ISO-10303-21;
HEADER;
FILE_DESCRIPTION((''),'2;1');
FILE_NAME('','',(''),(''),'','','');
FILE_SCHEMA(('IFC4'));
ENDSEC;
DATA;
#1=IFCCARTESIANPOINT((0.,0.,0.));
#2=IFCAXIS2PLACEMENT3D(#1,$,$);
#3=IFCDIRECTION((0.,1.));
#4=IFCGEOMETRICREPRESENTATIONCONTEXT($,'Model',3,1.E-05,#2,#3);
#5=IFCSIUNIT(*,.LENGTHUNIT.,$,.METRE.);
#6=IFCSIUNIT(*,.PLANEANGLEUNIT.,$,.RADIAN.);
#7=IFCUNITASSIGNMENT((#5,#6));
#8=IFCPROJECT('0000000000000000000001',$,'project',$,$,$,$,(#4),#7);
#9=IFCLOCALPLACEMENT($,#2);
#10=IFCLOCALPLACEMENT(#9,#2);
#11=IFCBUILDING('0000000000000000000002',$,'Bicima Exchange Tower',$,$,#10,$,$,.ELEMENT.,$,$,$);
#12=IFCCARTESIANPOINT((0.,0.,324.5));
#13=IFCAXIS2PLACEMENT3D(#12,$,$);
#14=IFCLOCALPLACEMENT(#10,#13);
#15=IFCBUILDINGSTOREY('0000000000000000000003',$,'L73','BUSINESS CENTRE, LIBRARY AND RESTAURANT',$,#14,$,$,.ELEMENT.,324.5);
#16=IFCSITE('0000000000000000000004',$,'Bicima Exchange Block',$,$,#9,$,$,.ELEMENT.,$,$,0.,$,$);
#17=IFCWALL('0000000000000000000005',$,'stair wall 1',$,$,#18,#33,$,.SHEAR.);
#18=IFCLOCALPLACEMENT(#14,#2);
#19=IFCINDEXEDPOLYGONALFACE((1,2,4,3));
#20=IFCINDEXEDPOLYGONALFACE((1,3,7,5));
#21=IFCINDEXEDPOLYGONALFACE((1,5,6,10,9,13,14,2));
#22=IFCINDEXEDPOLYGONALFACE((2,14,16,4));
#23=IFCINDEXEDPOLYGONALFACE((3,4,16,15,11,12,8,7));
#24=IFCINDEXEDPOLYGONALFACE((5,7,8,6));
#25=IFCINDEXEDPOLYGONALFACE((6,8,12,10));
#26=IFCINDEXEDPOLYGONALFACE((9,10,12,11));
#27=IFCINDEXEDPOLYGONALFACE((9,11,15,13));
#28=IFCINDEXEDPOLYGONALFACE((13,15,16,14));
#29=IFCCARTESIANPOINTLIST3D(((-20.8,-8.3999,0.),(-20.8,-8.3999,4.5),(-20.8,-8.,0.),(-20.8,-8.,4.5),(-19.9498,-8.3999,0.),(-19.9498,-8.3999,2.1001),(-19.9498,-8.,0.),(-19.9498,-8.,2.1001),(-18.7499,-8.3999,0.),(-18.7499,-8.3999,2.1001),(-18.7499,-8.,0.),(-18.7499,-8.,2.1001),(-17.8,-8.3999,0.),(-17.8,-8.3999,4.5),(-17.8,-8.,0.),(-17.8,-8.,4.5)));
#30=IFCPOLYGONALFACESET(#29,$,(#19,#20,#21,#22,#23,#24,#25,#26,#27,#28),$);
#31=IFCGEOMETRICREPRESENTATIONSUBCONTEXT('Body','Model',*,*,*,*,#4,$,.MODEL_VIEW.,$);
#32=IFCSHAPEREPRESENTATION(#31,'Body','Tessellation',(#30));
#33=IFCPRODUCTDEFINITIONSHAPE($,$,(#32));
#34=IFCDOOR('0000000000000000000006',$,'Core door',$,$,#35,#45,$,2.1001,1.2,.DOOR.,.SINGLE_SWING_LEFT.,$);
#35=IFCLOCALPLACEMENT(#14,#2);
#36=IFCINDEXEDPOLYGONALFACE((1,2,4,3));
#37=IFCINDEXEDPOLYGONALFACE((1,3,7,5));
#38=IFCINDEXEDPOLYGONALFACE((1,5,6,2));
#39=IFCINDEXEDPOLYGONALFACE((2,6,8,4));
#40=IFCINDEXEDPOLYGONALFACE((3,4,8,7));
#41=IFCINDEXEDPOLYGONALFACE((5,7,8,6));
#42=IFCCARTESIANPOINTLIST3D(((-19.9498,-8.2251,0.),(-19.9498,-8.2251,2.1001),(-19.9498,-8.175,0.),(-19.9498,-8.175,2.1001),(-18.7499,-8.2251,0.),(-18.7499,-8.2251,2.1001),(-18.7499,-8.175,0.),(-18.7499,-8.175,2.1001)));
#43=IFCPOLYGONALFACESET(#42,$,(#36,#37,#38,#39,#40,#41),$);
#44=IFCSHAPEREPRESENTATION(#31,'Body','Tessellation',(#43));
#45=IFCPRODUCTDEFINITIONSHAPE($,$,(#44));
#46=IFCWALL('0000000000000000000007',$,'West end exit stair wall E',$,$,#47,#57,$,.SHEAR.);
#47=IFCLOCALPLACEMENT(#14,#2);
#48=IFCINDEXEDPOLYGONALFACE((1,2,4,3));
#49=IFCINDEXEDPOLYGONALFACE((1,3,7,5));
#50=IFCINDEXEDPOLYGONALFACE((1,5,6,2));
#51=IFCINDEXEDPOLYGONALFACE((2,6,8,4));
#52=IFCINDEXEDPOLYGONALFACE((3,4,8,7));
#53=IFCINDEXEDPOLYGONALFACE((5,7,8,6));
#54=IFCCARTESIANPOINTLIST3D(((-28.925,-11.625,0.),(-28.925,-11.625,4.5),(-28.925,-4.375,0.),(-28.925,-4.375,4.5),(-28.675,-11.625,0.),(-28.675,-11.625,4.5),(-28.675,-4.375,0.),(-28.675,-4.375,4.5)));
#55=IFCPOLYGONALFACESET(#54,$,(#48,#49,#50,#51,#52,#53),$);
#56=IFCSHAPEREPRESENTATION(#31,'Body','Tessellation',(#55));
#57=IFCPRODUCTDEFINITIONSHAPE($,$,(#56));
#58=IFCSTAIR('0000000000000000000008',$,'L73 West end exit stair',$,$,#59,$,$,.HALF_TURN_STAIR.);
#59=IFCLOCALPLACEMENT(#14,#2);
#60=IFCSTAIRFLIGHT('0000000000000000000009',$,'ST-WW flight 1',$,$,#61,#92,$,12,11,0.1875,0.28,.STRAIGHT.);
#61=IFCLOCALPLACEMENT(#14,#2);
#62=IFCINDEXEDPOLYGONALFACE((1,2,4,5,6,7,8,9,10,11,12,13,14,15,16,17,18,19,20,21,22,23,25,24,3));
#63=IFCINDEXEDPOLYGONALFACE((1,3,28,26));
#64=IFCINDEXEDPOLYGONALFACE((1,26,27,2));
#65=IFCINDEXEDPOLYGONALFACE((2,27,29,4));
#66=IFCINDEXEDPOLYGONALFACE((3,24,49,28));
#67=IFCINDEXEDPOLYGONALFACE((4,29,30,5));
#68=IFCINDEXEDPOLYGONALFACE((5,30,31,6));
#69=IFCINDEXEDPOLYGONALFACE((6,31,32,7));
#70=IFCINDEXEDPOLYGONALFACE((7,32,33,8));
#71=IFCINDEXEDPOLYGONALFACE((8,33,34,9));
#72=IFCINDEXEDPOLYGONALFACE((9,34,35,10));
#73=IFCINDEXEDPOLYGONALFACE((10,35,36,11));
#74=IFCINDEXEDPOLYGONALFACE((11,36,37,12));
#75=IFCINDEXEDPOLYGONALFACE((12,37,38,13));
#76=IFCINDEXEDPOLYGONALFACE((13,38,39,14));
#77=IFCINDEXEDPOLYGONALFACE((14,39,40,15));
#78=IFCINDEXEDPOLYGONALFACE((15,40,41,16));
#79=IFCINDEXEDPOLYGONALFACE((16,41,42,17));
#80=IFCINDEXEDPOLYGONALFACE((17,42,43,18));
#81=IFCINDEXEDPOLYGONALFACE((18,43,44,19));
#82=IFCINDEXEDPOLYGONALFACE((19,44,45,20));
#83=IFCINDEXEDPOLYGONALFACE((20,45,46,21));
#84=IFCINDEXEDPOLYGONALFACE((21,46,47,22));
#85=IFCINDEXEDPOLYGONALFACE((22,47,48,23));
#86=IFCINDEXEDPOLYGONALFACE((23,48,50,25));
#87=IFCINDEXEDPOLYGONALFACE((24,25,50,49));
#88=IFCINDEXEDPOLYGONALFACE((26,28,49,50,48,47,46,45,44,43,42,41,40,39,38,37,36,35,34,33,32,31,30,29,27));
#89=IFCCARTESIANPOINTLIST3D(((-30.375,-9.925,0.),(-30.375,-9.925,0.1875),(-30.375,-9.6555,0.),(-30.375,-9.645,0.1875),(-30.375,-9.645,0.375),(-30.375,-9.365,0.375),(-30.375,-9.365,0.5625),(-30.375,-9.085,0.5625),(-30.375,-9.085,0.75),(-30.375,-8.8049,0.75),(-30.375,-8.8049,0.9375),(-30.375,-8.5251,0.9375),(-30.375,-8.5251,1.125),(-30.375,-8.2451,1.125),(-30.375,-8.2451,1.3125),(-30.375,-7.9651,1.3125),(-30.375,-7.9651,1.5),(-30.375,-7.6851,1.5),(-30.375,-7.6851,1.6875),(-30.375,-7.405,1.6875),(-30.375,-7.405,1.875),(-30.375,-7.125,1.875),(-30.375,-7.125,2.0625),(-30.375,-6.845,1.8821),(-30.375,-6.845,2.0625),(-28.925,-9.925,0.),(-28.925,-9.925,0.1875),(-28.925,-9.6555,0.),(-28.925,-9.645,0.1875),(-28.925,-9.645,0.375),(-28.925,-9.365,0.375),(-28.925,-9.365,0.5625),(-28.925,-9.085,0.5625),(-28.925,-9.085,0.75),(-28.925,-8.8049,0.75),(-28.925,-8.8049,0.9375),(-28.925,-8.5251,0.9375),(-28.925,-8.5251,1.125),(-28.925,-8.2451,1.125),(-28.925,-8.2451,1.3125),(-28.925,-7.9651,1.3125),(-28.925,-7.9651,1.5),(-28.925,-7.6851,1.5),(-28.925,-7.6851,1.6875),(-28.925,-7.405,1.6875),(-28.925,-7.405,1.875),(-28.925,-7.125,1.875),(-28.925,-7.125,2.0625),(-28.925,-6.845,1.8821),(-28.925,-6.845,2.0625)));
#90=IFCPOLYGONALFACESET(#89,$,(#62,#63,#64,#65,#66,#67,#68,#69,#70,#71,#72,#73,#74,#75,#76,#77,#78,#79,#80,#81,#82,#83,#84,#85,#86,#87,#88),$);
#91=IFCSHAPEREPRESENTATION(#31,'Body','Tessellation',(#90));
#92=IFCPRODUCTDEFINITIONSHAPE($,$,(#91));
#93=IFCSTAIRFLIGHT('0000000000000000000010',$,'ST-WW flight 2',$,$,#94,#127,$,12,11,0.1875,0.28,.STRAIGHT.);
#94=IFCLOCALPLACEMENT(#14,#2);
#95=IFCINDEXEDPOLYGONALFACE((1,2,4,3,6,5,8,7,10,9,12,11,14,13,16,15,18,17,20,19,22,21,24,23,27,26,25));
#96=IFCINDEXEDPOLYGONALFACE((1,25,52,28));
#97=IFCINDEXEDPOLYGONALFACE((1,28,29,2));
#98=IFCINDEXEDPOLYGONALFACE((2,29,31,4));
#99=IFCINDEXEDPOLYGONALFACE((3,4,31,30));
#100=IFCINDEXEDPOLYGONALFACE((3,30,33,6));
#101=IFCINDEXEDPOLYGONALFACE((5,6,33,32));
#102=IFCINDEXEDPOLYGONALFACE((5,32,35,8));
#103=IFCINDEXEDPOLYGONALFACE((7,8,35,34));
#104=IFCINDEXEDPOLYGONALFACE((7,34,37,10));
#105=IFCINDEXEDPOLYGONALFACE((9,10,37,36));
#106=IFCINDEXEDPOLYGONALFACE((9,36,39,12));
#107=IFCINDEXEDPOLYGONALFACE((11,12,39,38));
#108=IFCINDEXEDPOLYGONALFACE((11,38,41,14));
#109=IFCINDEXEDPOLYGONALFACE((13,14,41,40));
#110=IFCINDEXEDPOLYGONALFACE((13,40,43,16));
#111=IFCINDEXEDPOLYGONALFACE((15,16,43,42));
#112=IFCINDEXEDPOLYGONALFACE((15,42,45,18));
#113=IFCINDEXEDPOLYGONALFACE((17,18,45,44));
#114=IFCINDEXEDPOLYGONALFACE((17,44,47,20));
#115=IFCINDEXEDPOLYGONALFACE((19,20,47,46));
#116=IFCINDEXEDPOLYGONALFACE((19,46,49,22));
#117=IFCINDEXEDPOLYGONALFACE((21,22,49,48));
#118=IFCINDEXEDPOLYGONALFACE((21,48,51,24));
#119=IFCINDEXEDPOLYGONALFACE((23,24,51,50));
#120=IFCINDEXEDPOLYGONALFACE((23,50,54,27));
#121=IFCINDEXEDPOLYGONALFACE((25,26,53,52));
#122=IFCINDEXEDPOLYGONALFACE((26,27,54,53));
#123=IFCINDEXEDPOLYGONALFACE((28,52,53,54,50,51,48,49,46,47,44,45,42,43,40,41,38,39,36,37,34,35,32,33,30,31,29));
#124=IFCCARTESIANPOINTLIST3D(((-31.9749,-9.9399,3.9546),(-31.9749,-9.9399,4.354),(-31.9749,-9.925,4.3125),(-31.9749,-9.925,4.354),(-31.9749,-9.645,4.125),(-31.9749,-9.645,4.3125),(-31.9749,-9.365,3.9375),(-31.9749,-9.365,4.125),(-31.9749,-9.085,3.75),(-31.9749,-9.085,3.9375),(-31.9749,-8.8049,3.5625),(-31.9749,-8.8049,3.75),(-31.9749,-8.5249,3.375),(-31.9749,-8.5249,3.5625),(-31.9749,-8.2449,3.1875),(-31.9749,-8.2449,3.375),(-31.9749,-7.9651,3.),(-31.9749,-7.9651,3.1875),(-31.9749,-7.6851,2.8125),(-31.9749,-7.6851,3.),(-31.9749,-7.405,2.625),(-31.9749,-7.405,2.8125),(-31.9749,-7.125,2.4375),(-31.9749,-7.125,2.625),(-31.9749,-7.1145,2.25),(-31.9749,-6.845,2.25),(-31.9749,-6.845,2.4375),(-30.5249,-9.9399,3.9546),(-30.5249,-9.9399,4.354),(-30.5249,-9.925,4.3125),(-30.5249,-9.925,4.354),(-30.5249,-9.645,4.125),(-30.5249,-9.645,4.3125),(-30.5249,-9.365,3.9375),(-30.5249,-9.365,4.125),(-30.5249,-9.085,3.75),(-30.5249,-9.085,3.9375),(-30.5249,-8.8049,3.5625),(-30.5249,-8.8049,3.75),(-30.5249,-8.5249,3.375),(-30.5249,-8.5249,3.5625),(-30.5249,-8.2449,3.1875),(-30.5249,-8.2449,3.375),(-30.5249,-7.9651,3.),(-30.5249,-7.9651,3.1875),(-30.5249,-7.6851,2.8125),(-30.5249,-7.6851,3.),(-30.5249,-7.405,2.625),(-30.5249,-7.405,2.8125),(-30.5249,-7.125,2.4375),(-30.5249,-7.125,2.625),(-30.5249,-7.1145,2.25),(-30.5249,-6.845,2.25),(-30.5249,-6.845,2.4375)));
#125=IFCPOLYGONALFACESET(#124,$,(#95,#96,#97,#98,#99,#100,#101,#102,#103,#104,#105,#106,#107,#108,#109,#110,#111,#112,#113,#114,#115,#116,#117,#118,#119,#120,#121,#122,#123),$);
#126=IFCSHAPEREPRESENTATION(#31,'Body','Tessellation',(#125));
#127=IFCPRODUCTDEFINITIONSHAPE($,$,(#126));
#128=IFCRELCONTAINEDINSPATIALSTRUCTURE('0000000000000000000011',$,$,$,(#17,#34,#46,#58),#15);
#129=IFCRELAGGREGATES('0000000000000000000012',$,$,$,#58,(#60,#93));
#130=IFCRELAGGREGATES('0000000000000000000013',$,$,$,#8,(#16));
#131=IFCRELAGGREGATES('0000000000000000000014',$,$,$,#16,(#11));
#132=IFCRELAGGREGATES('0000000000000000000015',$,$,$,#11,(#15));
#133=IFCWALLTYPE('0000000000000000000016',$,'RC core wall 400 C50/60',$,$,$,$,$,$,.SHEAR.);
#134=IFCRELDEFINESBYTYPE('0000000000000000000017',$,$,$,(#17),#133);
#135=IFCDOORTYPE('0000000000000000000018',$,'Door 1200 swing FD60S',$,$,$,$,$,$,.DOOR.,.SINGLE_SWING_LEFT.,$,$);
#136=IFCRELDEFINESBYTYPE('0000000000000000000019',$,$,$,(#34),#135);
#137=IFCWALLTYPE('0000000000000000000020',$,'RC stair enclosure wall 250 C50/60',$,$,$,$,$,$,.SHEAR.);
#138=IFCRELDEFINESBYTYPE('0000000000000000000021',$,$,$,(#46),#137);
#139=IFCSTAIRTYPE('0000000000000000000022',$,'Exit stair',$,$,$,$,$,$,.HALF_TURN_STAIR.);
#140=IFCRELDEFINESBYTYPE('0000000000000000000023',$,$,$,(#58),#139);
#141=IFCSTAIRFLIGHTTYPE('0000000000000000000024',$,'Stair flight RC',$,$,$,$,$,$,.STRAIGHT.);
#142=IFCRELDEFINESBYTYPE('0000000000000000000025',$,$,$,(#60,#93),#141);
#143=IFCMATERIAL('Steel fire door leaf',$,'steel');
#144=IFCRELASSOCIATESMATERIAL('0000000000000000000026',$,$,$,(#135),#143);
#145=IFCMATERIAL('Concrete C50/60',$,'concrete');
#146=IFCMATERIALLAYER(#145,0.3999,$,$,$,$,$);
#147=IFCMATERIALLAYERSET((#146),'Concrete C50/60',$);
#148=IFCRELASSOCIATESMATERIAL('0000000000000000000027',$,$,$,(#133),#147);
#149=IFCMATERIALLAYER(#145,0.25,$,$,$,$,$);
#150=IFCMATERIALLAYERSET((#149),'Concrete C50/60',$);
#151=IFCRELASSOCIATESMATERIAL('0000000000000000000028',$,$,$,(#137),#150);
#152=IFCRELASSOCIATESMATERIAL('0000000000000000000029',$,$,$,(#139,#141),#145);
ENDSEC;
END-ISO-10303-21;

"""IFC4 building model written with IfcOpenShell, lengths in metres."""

from ifc_helpers import new_model, si_unit, direction, frame, frame_2d, origin, place, context, subcontext, project, spatial, polyline, rectangle, outline, extrude, material, layer, layer_set, type_object, element, fill, aggregate, save


model = new_model("IFC4")

# Units and contexts
model_context = context("Model", 3, precision=1e-05, world=origin(), true_north=direction((0.0, 1.0)))
body_context = subcontext(model_context, "Body", "Model", "MODEL_VIEW")
ifc_project = project(units=[si_unit("LENGTHUNIT", "METRE"), si_unit("PLANEANGLEUNIT", "RADIAN")], contexts=[model_context])

# Site, building, storey
site_placement = place(None, origin())
site = spatial("IfcSite", under=ifc_project, at=site_placement, Name="Bicima Exchange Block", CompositionType="ELEMENT", RefElevation=0.0)
building_placement = place(site_placement, origin())
building = spatial("IfcBuilding", under=site, at=building_placement, Name="Bicima Exchange Tower", CompositionType="ELEMENT")
storey_placement = place(building_placement, frame((0.0, 0.0, 324.5)))
storey = spatial("IfcBuildingStorey", under=building, at=storey_placement, Name="L73", Description="BUSINESS CENTRE, LIBRARY AND RESTAURANT", CompositionType="ELEMENT", Elevation=324.5)

# Shared definitions
ifc_material_1 = material(Name="Steel fire door leaf", Category="steel")
door_type_1 = type_object("IfcDoorType", Name="Door 1200 swing FD60S", OperationType="SINGLE_SWING_LEFT", PredefinedType="DOOR", material=ifc_material_1)

# Wall, opening, door
ifc_material_2 = material(Name="Concrete C50/60", Category="concrete")
ifc_layer_1 = layer(ifc_material_2, 0.3999)
ifc_layer_set_1 = layer_set([ifc_layer_1], Name="Concrete C50/60")
wall_type_1 = type_object("IfcWallType", Name="RC core wall 400 C50/60", PredefinedType="SHEAR", material=ifc_layer_set_1)
wall_1_placement = place(storey_placement, frame((-20.8, -8.2, 0.0), z_axis=(0.0, 0.0, 1.0), x_axis=(1.0, 0.0, 0.0)))
wall_1 = element("IfcWall", 1, at=wall_1_placement, inside=storey, type_object=wall_type_1, Name="stair wall 1", PredefinedType="SHEAR", context=body_context, shape_type="SweptSolid", body=[
    extrude(rectangle(XDim=3.0, YDim=0.3999, at=frame_2d((1.5, 0.0))), origin(), (0.0, 0.0, 1.0), 4.5),
])
opening_1_placement = place(wall_1_placement, frame((0.8501, 0.0, 0.0)))
opening_1 = element("IfcOpeningElement", 2, at=opening_1_placement, cuts=wall_1, PredefinedType="OPENING", context=body_context, shape_type="SweptSolid", body=[
    extrude(rectangle(XDim=1.2, YDim=2.1001, at=frame_2d((0.6001, 1.05))), frame((0.0, 0.2119, 0.0), z_axis=(0.0, -1.0, 0.0), x_axis=(1.0, 0.0, 0.0)), (0.0, 0.0, 1.0), 0.4238),
])
door_1_placement = place(opening_1_placement, origin())
door_1 = element("IfcDoor", 3, at=door_1_placement, inside=storey, type_object=door_type_1, Name="Core door", OperationType="SINGLE_SWING_LEFT", OverallHeight=2.1001, OverallWidth=1.2, PredefinedType="DOOR", context=body_context, shape_type="SweptSolid", body=[
    extrude(rectangle(XDim=1.2, YDim=2.1001, at=frame_2d((0.6001, 1.05))), frame((0.0, 0.0249, 0.0), z_axis=(0.0, -1.0, 0.0), x_axis=(1.0, 0.0, 0.0)), (0.0, 0.0, 1.0), 0.05),
])
fill(opening_1, door_1)

# Wall
ifc_layer_2 = layer(ifc_material_2, 0.25)
ifc_layer_set_2 = layer_set([ifc_layer_2], Name="Concrete C50/60")
wall_type_2 = type_object("IfcWallType", Name="RC stair enclosure wall 250 C50/60", PredefinedType="SHEAR", material=ifc_layer_set_2)
wall_2_placement = place(storey_placement, frame((-28.8, -11.625, 0.0), z_axis=(0.0, 0.0, 1.0), x_axis=(0.0, 1.0, 0.0)))
element("IfcWall", 4, at=wall_2_placement, inside=storey, type_object=wall_type_2, Name="West end exit stair wall E", PredefinedType="SHEAR", context=body_context, shape_type="SweptSolid", body=[
    extrude(rectangle(XDim=7.25, YDim=0.25, at=frame_2d((3.625, 0.0))), origin(), (0.0, 0.0, 1.0), 4.5),
])

# Stair, stair flights
stair_type = type_object("IfcStairType", Name="Exit stair", PredefinedType="HALF_TURN_STAIR", material=ifc_material_2)
stair_placement = place(storey_placement, origin())
stair = element("IfcStair", 5, at=stair_placement, inside=storey, type_object=stair_type, Name="L73 West end exit stair", PredefinedType="HALF_TURN_STAIR")
stair_flight_type = type_object("IfcStairFlightType", Name="Stair flight RC", PredefinedType="STRAIGHT", material=ifc_material_2)
stair_flight_1_placement = place(storey_placement, frame((-29.6499, -9.925, 0.0), z_axis=(0.0, 0.0, 1.0), x_axis=(0.0, 1.0, 0.0)))
stair_flight_1 = element("IfcStairFlight", 6, at=stair_flight_1_placement, type_object=stair_flight_type, Name="ST-WW flight 1", NumberOfRisers=12, NumberOfTreads=11, PredefinedType="STRAIGHT", RiserHeight=0.1875, TreadLength=0.28, context=body_context, shape_type="SweptSolid", body=[
    extrude(outline(polyline([(0.0, 0.0), (0.0, 0.1875), (0.28, 0.1875), (0.28, 0.375), (0.5601, 0.375), (0.5601, 0.5625), (0.8401, 0.5625), (0.8401, 0.75), (1.1201, 0.75), (1.1201, 0.9375), (1.3999, 0.9375), (1.3999, 1.125), (1.6799, 1.125), (1.6799, 1.3125), (1.96, 1.3125), (1.96, 1.5), (2.24, 1.5), (2.24, 1.6875), (2.52, 1.6875), (2.52, 1.875), (2.8, 1.875), (2.8, 2.0625), (3.0801, 2.0625), (3.0801, 2.25), (3.0801, 1.8821), (0.2695, 0.0), (0.0, 0.0)])), frame((0.0, 0.7251, 0.0), z_axis=(0.0, -1.0, 0.0), x_axis=(1.0, 0.0, 0.0)), (0.0, 0.0, 1.0), 1.45),
])
stair_flight_2_placement = place(storey_placement, frame((-31.25, -6.845, 2.25), z_axis=(0.0, 0.0, 1.0), x_axis=(0.0, -1.0, 0.0)))
stair_flight_2 = element("IfcStairFlight", 7, at=stair_flight_2_placement, type_object=stair_flight_type, Name="ST-WW flight 2", NumberOfRisers=12, NumberOfTreads=11, PredefinedType="STRAIGHT", RiserHeight=0.1875, TreadLength=0.28, context=body_context, shape_type="SweptSolid", body=[
    extrude(outline(polyline([(0.0, 0.0), (0.0, 0.1875), (0.28, 0.1875), (0.28, 0.375), (0.5601, 0.375), (0.5601, 0.5625), (0.8401, 0.5625), (0.8401, 0.75), (1.1201, 0.75), (1.1201, 0.9375), (1.3999, 0.9375), (1.3999, 1.125), (1.6799, 1.125), (1.6799, 1.3125), (1.96, 1.3125), (1.96, 1.5), (2.24, 1.5), (2.24, 1.6875), (2.52, 1.6875), (2.52, 1.875), (2.8, 1.875), (2.8, 2.0625), (3.0801, 2.0625), (3.0801, 2.104), (3.095, 2.104), (3.095, 1.7046), (0.2695, 0.0), (0.0, 0.0)])), frame((0.0, 0.7251, 0.0), z_axis=(0.0, -1.0, 0.0), x_axis=(1.0, 0.0, 0.0)), (0.0, 0.0, 1.0), 1.45),
])
aggregate(stair, [stair_flight_1, stair_flight_2])

save(model, "model.ifc")
